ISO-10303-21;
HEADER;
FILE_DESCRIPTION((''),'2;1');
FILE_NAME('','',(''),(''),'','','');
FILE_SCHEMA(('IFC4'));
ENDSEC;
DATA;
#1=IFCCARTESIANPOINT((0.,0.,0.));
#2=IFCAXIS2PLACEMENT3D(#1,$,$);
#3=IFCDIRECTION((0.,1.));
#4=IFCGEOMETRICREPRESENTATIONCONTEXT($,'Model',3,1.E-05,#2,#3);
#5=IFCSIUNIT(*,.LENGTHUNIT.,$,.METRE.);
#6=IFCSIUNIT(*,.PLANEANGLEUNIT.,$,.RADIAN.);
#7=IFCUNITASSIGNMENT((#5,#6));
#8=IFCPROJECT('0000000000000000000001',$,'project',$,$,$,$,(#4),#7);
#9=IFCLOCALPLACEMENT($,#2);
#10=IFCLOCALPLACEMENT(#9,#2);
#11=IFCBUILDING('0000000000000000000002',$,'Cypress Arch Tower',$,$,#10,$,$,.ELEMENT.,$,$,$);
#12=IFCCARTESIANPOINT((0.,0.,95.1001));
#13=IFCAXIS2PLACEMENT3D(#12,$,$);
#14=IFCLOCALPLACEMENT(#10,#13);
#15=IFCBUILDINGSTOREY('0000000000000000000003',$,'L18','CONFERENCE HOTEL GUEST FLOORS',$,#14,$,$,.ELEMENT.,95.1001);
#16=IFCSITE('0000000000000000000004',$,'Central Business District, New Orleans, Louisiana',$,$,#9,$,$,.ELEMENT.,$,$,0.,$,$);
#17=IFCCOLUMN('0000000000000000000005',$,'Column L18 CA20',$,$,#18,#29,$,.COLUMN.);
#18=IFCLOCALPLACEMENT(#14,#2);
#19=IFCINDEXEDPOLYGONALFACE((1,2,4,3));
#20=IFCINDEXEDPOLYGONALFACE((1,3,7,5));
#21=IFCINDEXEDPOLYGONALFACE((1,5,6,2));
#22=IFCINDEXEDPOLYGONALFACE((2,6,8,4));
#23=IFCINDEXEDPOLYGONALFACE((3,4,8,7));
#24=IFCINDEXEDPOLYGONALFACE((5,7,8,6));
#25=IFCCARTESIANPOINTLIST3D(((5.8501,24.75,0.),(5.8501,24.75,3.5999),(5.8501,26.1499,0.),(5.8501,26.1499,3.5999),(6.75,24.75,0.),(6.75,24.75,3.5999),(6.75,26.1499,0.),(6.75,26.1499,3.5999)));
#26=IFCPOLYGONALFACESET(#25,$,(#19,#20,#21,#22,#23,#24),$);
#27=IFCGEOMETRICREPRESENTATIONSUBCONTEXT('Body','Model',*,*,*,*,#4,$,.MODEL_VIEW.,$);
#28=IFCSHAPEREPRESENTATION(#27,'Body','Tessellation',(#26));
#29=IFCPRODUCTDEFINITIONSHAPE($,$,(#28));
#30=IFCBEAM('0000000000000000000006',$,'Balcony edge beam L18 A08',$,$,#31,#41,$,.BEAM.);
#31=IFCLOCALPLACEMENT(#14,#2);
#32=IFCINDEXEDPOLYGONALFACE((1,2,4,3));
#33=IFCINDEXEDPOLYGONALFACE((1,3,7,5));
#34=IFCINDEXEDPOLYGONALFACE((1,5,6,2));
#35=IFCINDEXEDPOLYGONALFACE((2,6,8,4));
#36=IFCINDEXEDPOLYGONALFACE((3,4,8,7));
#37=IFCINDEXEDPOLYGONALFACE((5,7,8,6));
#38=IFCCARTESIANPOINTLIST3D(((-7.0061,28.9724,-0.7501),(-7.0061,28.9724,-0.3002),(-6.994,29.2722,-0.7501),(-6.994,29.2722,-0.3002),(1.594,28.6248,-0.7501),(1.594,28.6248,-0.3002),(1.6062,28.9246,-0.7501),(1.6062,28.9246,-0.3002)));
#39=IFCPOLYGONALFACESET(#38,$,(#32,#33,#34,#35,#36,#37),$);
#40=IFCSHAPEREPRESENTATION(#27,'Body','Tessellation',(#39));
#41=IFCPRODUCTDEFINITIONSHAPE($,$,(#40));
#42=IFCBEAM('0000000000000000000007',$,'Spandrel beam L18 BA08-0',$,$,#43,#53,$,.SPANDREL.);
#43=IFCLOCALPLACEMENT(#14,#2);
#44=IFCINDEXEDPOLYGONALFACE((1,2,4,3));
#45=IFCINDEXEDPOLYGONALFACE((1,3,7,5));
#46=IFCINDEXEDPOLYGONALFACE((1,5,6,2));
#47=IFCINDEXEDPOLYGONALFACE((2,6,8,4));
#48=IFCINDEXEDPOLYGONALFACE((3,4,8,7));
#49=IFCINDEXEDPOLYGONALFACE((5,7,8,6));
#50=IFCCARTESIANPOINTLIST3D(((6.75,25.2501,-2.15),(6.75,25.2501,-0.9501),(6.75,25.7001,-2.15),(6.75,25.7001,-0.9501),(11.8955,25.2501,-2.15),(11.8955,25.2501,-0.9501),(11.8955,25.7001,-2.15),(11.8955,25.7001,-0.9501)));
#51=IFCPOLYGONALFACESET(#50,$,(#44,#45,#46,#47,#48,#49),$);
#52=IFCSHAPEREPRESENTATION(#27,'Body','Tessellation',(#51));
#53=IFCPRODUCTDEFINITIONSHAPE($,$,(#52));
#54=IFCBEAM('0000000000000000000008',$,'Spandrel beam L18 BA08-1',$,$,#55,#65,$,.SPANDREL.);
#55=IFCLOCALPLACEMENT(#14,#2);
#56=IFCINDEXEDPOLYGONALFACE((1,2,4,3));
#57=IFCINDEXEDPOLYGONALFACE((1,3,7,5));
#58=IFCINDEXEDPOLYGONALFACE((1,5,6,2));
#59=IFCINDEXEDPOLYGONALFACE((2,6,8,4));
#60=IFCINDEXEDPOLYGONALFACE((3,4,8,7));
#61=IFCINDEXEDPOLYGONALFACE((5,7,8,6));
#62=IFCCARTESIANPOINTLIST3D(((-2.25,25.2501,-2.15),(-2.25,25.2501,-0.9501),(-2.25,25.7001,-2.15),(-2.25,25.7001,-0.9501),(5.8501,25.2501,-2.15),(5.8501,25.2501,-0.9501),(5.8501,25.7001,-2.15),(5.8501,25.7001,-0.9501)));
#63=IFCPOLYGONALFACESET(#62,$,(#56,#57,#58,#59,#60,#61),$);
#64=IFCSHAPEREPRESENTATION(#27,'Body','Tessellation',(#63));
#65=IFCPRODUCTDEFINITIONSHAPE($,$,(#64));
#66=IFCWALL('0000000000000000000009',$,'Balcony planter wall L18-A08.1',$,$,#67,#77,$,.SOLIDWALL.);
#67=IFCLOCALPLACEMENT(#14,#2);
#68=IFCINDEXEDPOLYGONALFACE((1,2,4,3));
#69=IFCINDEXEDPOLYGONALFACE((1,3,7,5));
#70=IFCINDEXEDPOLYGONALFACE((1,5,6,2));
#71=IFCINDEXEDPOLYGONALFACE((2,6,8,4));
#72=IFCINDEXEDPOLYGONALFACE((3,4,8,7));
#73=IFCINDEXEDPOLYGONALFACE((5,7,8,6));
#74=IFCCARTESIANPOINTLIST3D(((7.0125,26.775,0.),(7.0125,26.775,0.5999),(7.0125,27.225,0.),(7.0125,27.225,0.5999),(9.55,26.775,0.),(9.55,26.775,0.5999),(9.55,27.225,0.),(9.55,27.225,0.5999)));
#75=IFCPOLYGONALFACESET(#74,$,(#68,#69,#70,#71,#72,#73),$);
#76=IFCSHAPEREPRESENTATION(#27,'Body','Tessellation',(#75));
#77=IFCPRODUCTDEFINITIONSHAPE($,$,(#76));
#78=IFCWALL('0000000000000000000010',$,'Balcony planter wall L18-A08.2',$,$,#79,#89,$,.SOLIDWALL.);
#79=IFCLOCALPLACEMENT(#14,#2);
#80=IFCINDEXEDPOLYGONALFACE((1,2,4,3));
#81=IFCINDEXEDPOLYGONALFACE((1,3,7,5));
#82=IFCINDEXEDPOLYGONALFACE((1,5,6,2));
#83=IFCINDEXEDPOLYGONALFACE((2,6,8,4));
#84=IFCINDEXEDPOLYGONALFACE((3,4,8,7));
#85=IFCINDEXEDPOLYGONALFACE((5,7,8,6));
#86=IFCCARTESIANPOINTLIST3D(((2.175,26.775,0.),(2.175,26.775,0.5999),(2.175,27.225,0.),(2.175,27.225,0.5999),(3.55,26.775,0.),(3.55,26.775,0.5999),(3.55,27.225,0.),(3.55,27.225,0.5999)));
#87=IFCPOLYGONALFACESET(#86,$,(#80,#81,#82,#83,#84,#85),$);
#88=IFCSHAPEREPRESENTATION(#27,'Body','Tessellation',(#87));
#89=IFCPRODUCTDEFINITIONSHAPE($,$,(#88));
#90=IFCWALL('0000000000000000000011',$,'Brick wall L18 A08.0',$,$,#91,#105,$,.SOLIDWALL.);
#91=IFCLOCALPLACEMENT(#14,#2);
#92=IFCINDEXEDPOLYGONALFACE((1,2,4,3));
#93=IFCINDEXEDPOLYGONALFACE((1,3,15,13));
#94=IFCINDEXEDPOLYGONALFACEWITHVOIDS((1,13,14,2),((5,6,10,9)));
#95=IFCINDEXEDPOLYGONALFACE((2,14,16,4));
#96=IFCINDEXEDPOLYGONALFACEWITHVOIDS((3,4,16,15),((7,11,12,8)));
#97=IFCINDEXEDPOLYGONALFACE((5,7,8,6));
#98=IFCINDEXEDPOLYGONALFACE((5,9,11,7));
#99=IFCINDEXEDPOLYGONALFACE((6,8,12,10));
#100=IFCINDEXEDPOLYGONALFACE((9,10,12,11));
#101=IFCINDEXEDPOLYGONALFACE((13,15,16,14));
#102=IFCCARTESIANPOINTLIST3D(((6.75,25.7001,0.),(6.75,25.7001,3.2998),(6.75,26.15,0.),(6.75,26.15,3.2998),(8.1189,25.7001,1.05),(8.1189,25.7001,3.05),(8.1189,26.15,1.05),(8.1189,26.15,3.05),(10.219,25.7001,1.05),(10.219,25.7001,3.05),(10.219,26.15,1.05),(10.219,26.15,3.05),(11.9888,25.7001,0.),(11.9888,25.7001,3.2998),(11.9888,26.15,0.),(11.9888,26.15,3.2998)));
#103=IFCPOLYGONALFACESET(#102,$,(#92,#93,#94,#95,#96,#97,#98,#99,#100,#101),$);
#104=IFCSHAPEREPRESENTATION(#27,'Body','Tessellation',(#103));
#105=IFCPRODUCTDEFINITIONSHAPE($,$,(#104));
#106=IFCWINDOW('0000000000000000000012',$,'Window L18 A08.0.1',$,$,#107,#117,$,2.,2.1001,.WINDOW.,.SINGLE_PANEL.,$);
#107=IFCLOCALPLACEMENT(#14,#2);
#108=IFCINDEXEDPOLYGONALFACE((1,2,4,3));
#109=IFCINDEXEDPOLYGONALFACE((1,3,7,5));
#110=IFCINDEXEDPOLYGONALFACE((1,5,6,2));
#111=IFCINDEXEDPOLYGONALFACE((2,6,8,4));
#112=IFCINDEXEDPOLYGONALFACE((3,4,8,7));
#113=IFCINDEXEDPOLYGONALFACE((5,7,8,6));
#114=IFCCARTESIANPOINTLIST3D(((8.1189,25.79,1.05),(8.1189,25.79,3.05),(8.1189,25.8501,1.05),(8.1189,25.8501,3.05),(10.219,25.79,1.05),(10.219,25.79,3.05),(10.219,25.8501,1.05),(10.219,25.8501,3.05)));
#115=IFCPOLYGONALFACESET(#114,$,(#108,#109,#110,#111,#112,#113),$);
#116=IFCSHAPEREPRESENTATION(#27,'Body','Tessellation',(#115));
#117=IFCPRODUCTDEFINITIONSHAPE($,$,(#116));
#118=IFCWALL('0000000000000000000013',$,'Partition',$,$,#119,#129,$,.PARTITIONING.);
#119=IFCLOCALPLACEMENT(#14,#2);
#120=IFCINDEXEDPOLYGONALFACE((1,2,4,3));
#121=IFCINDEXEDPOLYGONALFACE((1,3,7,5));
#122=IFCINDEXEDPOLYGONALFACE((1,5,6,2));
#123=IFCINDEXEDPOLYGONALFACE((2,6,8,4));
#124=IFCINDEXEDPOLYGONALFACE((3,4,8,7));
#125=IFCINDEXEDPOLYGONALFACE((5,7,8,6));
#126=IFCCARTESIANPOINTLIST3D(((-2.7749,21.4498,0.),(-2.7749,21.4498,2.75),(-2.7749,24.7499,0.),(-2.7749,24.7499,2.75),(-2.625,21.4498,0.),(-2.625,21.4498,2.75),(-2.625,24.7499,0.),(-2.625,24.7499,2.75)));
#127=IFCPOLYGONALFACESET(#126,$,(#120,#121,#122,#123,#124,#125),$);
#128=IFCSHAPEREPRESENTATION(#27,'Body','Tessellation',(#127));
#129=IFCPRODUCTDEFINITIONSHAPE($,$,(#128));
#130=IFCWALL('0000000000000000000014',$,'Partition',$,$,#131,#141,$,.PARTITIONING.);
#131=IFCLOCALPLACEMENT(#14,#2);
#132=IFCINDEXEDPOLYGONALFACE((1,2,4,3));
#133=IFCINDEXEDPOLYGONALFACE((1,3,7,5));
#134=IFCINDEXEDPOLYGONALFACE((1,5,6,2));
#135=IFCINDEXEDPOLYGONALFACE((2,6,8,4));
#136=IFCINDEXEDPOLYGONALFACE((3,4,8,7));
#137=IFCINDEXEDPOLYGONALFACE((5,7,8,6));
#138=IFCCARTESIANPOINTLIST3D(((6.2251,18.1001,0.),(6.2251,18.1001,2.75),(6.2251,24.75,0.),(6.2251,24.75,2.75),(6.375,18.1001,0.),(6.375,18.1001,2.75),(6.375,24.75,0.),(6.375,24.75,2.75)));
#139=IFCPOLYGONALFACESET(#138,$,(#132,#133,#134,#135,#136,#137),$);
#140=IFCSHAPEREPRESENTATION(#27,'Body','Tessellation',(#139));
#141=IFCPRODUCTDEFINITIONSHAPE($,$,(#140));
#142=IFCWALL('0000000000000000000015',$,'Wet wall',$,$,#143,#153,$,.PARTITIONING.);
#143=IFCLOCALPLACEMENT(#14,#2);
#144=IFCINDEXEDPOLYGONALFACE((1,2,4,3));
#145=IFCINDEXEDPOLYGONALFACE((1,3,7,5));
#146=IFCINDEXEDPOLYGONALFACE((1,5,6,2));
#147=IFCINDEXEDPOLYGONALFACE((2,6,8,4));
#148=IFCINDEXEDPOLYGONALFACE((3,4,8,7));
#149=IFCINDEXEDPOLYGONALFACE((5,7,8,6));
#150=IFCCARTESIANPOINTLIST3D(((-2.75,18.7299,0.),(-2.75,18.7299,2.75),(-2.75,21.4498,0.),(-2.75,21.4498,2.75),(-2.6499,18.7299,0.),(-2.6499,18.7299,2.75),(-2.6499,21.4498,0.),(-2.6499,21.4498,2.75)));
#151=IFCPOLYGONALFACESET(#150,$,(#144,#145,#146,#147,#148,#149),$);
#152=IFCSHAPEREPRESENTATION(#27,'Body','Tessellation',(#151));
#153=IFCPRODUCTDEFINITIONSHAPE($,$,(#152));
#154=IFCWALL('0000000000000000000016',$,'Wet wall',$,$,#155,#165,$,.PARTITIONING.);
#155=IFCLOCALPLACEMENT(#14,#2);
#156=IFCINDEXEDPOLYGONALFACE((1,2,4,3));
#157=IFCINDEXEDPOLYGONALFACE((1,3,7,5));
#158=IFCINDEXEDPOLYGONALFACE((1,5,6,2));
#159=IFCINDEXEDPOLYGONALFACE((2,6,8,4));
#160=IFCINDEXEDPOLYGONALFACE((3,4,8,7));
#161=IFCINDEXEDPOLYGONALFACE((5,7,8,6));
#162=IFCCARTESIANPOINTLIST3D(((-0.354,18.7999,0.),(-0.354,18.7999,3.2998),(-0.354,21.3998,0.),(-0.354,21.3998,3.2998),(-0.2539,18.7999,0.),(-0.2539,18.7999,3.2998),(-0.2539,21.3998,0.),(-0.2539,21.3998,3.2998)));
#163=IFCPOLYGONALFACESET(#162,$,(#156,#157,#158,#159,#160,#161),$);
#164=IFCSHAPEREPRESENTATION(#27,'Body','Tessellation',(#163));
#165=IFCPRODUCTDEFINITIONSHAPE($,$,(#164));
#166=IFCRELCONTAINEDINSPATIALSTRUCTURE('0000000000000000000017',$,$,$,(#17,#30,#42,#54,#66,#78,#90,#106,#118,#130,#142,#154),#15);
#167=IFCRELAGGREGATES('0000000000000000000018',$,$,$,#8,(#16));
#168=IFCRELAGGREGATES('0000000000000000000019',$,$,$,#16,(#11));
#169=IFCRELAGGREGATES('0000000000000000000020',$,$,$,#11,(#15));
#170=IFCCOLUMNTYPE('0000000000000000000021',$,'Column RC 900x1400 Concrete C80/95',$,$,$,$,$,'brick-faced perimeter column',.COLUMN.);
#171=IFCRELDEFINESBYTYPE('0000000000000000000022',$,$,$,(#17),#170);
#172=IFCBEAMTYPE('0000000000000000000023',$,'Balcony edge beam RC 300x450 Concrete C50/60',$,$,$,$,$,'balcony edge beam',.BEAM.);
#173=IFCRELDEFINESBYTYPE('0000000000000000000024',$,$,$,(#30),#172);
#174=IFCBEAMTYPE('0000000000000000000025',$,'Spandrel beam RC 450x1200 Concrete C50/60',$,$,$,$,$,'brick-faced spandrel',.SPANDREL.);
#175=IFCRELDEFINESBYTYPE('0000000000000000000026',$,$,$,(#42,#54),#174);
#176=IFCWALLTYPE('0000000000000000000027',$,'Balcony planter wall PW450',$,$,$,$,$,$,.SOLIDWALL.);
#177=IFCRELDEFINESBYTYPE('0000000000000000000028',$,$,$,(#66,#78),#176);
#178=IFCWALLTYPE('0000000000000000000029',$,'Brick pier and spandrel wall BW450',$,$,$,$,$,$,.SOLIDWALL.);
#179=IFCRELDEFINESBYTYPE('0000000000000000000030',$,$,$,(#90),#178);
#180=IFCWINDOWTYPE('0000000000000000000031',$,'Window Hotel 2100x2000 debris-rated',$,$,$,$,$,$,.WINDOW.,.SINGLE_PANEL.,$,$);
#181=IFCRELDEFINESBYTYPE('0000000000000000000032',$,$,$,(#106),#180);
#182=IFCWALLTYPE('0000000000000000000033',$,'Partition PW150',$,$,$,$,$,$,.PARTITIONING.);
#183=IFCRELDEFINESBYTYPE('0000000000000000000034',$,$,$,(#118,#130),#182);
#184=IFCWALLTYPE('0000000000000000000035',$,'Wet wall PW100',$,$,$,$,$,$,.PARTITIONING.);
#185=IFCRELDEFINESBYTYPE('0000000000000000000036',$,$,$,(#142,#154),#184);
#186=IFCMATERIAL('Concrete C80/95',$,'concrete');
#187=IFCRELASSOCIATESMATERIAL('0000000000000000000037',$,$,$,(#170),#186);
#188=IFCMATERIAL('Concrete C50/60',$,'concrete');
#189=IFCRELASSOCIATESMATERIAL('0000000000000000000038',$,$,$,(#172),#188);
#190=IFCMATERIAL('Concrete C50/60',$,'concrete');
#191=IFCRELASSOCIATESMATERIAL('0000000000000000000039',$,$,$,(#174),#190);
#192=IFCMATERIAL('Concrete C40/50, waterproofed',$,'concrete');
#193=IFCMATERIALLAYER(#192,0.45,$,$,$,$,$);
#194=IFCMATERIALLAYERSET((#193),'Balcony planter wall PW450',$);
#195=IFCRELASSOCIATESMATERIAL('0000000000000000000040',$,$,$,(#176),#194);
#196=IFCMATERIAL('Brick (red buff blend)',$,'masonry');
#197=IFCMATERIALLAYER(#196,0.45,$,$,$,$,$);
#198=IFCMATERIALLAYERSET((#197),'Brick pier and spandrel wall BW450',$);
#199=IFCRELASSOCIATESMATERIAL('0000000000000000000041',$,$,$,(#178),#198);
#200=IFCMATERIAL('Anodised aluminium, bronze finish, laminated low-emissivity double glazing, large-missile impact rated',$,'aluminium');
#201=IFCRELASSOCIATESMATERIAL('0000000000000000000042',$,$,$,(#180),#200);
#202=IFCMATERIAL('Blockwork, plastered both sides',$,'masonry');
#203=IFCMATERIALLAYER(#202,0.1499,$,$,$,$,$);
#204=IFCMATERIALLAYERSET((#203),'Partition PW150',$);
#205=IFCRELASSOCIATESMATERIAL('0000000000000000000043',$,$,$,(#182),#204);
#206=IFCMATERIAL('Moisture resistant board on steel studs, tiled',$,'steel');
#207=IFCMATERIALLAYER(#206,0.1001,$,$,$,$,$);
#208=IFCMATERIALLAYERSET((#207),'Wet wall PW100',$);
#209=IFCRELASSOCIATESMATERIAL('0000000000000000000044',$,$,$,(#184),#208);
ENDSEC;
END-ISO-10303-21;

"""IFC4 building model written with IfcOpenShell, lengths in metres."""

from ifc_helpers import new_model, si_unit, direction, frame, frame_2d, origin, origin_2d, place, context, subcontext, project, spatial, rectangle, extrude, material, layer, layer_set, material_profile, profile_set, type_object, element, fill, save


model = new_model("IFC4")

# Units and contexts
model_context = context("Model", 3, precision=1e-05, world=origin(), true_north=direction((0.0, 1.0)))
body_context = subcontext(model_context, "Body", "Model", "MODEL_VIEW")
ifc_project = project(units=[si_unit("LENGTHUNIT", "METRE"), si_unit("PLANEANGLEUNIT", "RADIAN")], contexts=[model_context])

# Site, building, storey
site_placement = place(None, origin())
site = spatial("IfcSite", under=ifc_project, at=site_placement, Name="Central Business District, New Orleans, Louisiana", CompositionType="ELEMENT", RefElevation=0.0)
building_placement = place(site_placement, origin())
building = spatial("IfcBuilding", under=site, at=building_placement, Name="Cypress Arch Tower", CompositionType="ELEMENT")
storey_placement = place(building_placement, frame((0.0, 0.0, 95.1001)))
storey = spatial("IfcBuildingStorey", under=building, at=storey_placement, Name="L18", Description="CONFERENCE HOTEL GUEST FLOORS", CompositionType="ELEMENT", Elevation=95.1001)

# Column
ifc_material_1 = material(Name="Concrete C80/95", Category="concrete")
ifc_material_profile_1 = material_profile(ifc_material_1, rectangle(XDim=0.8999, YDim=1.3999, at=origin_2d()), Name="RC 900x1400")
ifc_profile_set_1 = profile_set([ifc_material_profile_1], Name="Concrete C80/95")
column_type = type_object("IfcColumnType", Name="Column RC 900x1400 Concrete C80/95", ElementType="brick-faced perimeter column", PredefinedType="COLUMN", material=ifc_profile_set_1)
column_placement = place(storey_placement, frame((6.3, 25.45, 0.0), z_axis=(0.0, 0.0, 1.0), x_axis=(-1.0, 0.0, 0.0)))
element("IfcColumn", 1, at=column_placement, inside=storey, type_object=column_type, Name="Column L18 CA20", PredefinedType="COLUMN", context=body_context, shape_type="SweptSolid", body=[
    extrude(rectangle(XDim=0.8999, YDim=1.3999, at=origin_2d()), origin(), (0.0, 0.0, 1.0), 3.5999),
])

# Beams
ifc_material_2 = material(Name="Concrete C50/60", Category="concrete")
ifc_material_profile_2 = material_profile(ifc_material_2, rectangle(XDim=0.3, YDim=0.45, at=origin_2d()), Name="RC 300x450")
ifc_profile_set_2 = profile_set([ifc_material_profile_2], Name="Concrete C50/60")
beam_type_1 = type_object("IfcBeamType", Name="Balcony edge beam RC 300x450 Concrete C50/60", ElementType="balcony edge beam", PredefinedType="BEAM", material=ifc_profile_set_2)
beam_1_placement = place(storey_placement, frame((1.6001, 28.7747, -0.5251), z_axis=(-0.999184, 0.040392, 0.0), x_axis=(-0.040392, -0.999184, 0.0)))
element("IfcBeam", 2, at=beam_1_placement, inside=storey, type_object=beam_type_1, Name="Balcony edge beam L18 A08", PredefinedType="BEAM", context=body_context, shape_type="SweptSolid", body=[
    extrude(rectangle(XDim=0.3, YDim=0.45, at=origin_2d()), origin(), (0.0, 0.0, 1.0), 8.6072),
])
ifc_material_3 = material(Name="Concrete C50/60", Category="concrete")
ifc_material_profile_3 = material_profile(ifc_material_3, rectangle(XDim=0.45, YDim=1.2, at=origin_2d()), Name="RC 450x1200")
ifc_profile_set_3 = profile_set([ifc_material_profile_3], Name="Concrete C50/60")
beam_type_2 = type_object("IfcBeamType", Name="Spandrel beam RC 450x1200 Concrete C50/60", ElementType="brick-faced spandrel", PredefinedType="SPANDREL", material=ifc_profile_set_3)
beam_2_placement = place(storey_placement, frame((11.8955, 25.4751, -1.55), z_axis=(-1.0, 0.0, 0.0), x_axis=(0.0, -1.0, 0.0)))
element("IfcBeam", 3, at=beam_2_placement, inside=storey, type_object=beam_type_2, Name="Spandrel beam L18 BA08-0", PredefinedType="SPANDREL", context=body_context, shape_type="SweptSolid", body=[
    extrude(rectangle(XDim=0.45, YDim=1.2, at=origin_2d()), origin(), (0.0, 0.0, 1.0), 5.1455),
])
beam_3_placement = place(storey_placement, frame((5.8501, 25.4751, -1.55), z_axis=(-1.0, 0.0, 0.0), x_axis=(0.0, -1.0, 0.0)))
element("IfcBeam", 4, at=beam_3_placement, inside=storey, type_object=beam_type_2, Name="Spandrel beam L18 BA08-1", PredefinedType="SPANDREL", context=body_context, shape_type="SweptSolid", body=[
    extrude(rectangle(XDim=0.45, YDim=1.2, at=origin_2d()), origin(), (0.0, 0.0, 1.0), 8.1001),
])

# Walls
ifc_material_4 = material(Name="Concrete C40/50, waterproofed", Category="concrete")
ifc_layer_1 = layer(ifc_material_4, 0.45)
ifc_layer_set_1 = layer_set([ifc_layer_1], Name="Balcony planter wall PW450")
wall_type_1 = type_object("IfcWallType", Name="Balcony planter wall PW450", PredefinedType="SOLIDWALL", material=ifc_layer_set_1)
wall_1_placement = place(storey_placement, frame((9.55, 27.0, 0.0), z_axis=(0.0, 0.0, 1.0), x_axis=(-1.0, 0.0, 0.0)))
element("IfcWall", 5, at=wall_1_placement, inside=storey, type_object=wall_type_1, Name="Balcony planter wall L18-A08.1", PredefinedType="SOLIDWALL", context=body_context, shape_type="SweptSolid", body=[
    extrude(rectangle(XDim=2.5376, YDim=0.45, at=frame_2d((1.2688, 0.0))), origin(), (0.0, 0.0, 1.0), 0.5999),
])
wall_2_placement = place(storey_placement, frame((3.55, 27.0, 0.0), z_axis=(0.0, 0.0, 1.0), x_axis=(-1.0, 0.0, 0.0)))
element("IfcWall", 6, at=wall_2_placement, inside=storey, type_object=wall_type_1, Name="Balcony planter wall L18-A08.2", PredefinedType="SOLIDWALL", context=body_context, shape_type="SweptSolid", body=[
    extrude(rectangle(XDim=1.375, YDim=0.45, at=frame_2d((0.6875, 0.0))), origin(), (0.0, 0.0, 1.0), 0.5999),
])

# Wall, opening, window
ifc_material_5 = material(Name="Brick (red buff blend)", Category="masonry")
ifc_layer_2 = layer(ifc_material_5, 0.45)
ifc_layer_set_2 = layer_set([ifc_layer_2], Name="Brick pier and spandrel wall BW450")
wall_type_2 = type_object("IfcWallType", Name="Brick pier and spandrel wall BW450", PredefinedType="SOLIDWALL", material=ifc_layer_set_2)
wall_3_placement = place(storey_placement, frame((11.9888, 25.925, 0.0), z_axis=(0.0, 0.0, 1.0), x_axis=(-1.0, 0.0, 0.0)))
wall_3 = element("IfcWall", 7, at=wall_3_placement, inside=storey, type_object=wall_type_2, Name="Brick wall L18 A08.0", PredefinedType="SOLIDWALL", context=body_context, shape_type="SweptSolid", body=[
    extrude(rectangle(XDim=5.2388, YDim=0.45, at=frame_2d((2.6194, 0.0))), origin(), (0.0, 0.0, 1.0), 3.2998),
])
opening_1_placement = place(wall_3_placement, frame((1.7698, 0.0, 1.05)))
opening_1 = element("IfcOpeningElement", 8, at=opening_1_placement, cuts=wall_3, PredefinedType="OPENING", context=body_context, shape_type="SweptSolid", body=[
    extrude(rectangle(XDim=2.1001, YDim=2.0, at=frame_2d((1.05, 1.0))), frame((0.0, 0.2349, 0.0), z_axis=(0.0, -1.0, 0.0), x_axis=(1.0, 0.0, 0.0)), (0.0, 0.0, 1.0), 0.47),
])
ifc_material_6 = material(Name="Anodised aluminium, bronze finish, laminated low-emissivity double glazing, large-missile impact rated", Category="aluminium")
window_type_1 = type_object("IfcWindowType", Name="Window Hotel 2100x2000 debris-rated", PartitioningType="SINGLE_PANEL", PredefinedType="WINDOW", material=ifc_material_6)
window_1_placement = place(opening_1_placement, origin())
window_1 = element("IfcWindow", 9, at=window_1_placement, inside=storey, type_object=window_type_1, Name="Window L18 A08.0.1", OverallHeight=2.0, OverallWidth=2.1001, PartitioningType="SINGLE_PANEL", PredefinedType="WINDOW", context=body_context, shape_type="SweptSolid", body=[
    extrude(rectangle(XDim=2.1001, YDim=2.0, at=frame_2d((1.05, 1.0))), frame((0.0, 0.135, 0.0), z_axis=(0.0, -1.0, 0.0), x_axis=(1.0, 0.0, 0.0)), (0.0, 0.0, 1.0), 0.0601),
])
fill(opening_1, window_1)

# Walls
ifc_material_7 = material(Name="Blockwork, plastered both sides", Category="masonry")
ifc_layer_3 = layer(ifc_material_7, 0.1499)
ifc_layer_set_3 = layer_set([ifc_layer_3], Name="Partition PW150")
wall_type_3 = type_object("IfcWallType", Name="Partition PW150", PredefinedType="PARTITIONING", material=ifc_layer_set_3)
wall_4_placement = place(storey_placement, frame((-2.7, 21.45, 0.0), z_axis=(0.0, 0.0, 1.0), x_axis=(0.0, 1.0, 0.0)))
element("IfcWall", 10, at=wall_4_placement, inside=storey, type_object=wall_type_3, Name="Partition", PredefinedType="PARTITIONING", context=body_context, shape_type="SweptSolid", body=[
    extrude(rectangle(XDim=3.3, YDim=0.1499, at=frame_2d((1.6499, 0.0))), origin(), (0.0, 0.0, 1.0), 2.75),
])
wall_5_placement = place(storey_placement, frame((6.3, 18.1001, 0.0), z_axis=(0.0, 0.0, 1.0), x_axis=(0.0, 1.0, 0.0)))
element("IfcWall", 11, at=wall_5_placement, inside=storey, type_object=wall_type_3, Name="Partition", PredefinedType="PARTITIONING", context=body_context, shape_type="SweptSolid", body=[
    extrude(rectangle(XDim=6.6499, YDim=0.1499, at=frame_2d((3.325, 0.0))), origin(), (0.0, 0.0, 1.0), 2.75),
])
ifc_material_8 = material(Name="Moisture resistant board on steel studs, tiled", Category="steel")
ifc_layer_4 = layer(ifc_material_8, 0.1001)
ifc_layer_set_4 = layer_set([ifc_layer_4], Name="Wet wall PW100")
wall_type_4 = type_object("IfcWallType", Name="Wet wall PW100", PredefinedType="PARTITIONING", material=ifc_layer_set_4)
wall_6_placement = place(storey_placement, frame((-2.7, 18.73, 0.0), z_axis=(0.0, 0.0, 1.0), x_axis=(0.0, 1.0, 0.0)))
element("IfcWall", 12, at=wall_6_placement, inside=storey, type_object=wall_type_4, Name="Wet wall", PredefinedType="PARTITIONING", context=body_context, shape_type="SweptSolid", body=[
    extrude(rectangle(XDim=2.72, YDim=0.1001, at=frame_2d((1.3599, 0.0))), origin(), (0.0, 0.0, 1.0), 2.75),
])
wall_7_placement = place(storey_placement, frame((-0.304, 18.8, 0.0), z_axis=(0.0, 0.0, 1.0), x_axis=(0.0, 1.0, 0.0)))
element("IfcWall", 13, at=wall_7_placement, inside=storey, type_object=wall_type_4, Name="Wet wall", PredefinedType="PARTITIONING", context=body_context, shape_type="SweptSolid", body=[
    extrude(rectangle(XDim=2.5999, YDim=0.1001, at=frame_2d((1.2998, 0.0))), origin(), (0.0, 0.0, 1.0), 3.2998),
])

save(model, "model.ifc")
